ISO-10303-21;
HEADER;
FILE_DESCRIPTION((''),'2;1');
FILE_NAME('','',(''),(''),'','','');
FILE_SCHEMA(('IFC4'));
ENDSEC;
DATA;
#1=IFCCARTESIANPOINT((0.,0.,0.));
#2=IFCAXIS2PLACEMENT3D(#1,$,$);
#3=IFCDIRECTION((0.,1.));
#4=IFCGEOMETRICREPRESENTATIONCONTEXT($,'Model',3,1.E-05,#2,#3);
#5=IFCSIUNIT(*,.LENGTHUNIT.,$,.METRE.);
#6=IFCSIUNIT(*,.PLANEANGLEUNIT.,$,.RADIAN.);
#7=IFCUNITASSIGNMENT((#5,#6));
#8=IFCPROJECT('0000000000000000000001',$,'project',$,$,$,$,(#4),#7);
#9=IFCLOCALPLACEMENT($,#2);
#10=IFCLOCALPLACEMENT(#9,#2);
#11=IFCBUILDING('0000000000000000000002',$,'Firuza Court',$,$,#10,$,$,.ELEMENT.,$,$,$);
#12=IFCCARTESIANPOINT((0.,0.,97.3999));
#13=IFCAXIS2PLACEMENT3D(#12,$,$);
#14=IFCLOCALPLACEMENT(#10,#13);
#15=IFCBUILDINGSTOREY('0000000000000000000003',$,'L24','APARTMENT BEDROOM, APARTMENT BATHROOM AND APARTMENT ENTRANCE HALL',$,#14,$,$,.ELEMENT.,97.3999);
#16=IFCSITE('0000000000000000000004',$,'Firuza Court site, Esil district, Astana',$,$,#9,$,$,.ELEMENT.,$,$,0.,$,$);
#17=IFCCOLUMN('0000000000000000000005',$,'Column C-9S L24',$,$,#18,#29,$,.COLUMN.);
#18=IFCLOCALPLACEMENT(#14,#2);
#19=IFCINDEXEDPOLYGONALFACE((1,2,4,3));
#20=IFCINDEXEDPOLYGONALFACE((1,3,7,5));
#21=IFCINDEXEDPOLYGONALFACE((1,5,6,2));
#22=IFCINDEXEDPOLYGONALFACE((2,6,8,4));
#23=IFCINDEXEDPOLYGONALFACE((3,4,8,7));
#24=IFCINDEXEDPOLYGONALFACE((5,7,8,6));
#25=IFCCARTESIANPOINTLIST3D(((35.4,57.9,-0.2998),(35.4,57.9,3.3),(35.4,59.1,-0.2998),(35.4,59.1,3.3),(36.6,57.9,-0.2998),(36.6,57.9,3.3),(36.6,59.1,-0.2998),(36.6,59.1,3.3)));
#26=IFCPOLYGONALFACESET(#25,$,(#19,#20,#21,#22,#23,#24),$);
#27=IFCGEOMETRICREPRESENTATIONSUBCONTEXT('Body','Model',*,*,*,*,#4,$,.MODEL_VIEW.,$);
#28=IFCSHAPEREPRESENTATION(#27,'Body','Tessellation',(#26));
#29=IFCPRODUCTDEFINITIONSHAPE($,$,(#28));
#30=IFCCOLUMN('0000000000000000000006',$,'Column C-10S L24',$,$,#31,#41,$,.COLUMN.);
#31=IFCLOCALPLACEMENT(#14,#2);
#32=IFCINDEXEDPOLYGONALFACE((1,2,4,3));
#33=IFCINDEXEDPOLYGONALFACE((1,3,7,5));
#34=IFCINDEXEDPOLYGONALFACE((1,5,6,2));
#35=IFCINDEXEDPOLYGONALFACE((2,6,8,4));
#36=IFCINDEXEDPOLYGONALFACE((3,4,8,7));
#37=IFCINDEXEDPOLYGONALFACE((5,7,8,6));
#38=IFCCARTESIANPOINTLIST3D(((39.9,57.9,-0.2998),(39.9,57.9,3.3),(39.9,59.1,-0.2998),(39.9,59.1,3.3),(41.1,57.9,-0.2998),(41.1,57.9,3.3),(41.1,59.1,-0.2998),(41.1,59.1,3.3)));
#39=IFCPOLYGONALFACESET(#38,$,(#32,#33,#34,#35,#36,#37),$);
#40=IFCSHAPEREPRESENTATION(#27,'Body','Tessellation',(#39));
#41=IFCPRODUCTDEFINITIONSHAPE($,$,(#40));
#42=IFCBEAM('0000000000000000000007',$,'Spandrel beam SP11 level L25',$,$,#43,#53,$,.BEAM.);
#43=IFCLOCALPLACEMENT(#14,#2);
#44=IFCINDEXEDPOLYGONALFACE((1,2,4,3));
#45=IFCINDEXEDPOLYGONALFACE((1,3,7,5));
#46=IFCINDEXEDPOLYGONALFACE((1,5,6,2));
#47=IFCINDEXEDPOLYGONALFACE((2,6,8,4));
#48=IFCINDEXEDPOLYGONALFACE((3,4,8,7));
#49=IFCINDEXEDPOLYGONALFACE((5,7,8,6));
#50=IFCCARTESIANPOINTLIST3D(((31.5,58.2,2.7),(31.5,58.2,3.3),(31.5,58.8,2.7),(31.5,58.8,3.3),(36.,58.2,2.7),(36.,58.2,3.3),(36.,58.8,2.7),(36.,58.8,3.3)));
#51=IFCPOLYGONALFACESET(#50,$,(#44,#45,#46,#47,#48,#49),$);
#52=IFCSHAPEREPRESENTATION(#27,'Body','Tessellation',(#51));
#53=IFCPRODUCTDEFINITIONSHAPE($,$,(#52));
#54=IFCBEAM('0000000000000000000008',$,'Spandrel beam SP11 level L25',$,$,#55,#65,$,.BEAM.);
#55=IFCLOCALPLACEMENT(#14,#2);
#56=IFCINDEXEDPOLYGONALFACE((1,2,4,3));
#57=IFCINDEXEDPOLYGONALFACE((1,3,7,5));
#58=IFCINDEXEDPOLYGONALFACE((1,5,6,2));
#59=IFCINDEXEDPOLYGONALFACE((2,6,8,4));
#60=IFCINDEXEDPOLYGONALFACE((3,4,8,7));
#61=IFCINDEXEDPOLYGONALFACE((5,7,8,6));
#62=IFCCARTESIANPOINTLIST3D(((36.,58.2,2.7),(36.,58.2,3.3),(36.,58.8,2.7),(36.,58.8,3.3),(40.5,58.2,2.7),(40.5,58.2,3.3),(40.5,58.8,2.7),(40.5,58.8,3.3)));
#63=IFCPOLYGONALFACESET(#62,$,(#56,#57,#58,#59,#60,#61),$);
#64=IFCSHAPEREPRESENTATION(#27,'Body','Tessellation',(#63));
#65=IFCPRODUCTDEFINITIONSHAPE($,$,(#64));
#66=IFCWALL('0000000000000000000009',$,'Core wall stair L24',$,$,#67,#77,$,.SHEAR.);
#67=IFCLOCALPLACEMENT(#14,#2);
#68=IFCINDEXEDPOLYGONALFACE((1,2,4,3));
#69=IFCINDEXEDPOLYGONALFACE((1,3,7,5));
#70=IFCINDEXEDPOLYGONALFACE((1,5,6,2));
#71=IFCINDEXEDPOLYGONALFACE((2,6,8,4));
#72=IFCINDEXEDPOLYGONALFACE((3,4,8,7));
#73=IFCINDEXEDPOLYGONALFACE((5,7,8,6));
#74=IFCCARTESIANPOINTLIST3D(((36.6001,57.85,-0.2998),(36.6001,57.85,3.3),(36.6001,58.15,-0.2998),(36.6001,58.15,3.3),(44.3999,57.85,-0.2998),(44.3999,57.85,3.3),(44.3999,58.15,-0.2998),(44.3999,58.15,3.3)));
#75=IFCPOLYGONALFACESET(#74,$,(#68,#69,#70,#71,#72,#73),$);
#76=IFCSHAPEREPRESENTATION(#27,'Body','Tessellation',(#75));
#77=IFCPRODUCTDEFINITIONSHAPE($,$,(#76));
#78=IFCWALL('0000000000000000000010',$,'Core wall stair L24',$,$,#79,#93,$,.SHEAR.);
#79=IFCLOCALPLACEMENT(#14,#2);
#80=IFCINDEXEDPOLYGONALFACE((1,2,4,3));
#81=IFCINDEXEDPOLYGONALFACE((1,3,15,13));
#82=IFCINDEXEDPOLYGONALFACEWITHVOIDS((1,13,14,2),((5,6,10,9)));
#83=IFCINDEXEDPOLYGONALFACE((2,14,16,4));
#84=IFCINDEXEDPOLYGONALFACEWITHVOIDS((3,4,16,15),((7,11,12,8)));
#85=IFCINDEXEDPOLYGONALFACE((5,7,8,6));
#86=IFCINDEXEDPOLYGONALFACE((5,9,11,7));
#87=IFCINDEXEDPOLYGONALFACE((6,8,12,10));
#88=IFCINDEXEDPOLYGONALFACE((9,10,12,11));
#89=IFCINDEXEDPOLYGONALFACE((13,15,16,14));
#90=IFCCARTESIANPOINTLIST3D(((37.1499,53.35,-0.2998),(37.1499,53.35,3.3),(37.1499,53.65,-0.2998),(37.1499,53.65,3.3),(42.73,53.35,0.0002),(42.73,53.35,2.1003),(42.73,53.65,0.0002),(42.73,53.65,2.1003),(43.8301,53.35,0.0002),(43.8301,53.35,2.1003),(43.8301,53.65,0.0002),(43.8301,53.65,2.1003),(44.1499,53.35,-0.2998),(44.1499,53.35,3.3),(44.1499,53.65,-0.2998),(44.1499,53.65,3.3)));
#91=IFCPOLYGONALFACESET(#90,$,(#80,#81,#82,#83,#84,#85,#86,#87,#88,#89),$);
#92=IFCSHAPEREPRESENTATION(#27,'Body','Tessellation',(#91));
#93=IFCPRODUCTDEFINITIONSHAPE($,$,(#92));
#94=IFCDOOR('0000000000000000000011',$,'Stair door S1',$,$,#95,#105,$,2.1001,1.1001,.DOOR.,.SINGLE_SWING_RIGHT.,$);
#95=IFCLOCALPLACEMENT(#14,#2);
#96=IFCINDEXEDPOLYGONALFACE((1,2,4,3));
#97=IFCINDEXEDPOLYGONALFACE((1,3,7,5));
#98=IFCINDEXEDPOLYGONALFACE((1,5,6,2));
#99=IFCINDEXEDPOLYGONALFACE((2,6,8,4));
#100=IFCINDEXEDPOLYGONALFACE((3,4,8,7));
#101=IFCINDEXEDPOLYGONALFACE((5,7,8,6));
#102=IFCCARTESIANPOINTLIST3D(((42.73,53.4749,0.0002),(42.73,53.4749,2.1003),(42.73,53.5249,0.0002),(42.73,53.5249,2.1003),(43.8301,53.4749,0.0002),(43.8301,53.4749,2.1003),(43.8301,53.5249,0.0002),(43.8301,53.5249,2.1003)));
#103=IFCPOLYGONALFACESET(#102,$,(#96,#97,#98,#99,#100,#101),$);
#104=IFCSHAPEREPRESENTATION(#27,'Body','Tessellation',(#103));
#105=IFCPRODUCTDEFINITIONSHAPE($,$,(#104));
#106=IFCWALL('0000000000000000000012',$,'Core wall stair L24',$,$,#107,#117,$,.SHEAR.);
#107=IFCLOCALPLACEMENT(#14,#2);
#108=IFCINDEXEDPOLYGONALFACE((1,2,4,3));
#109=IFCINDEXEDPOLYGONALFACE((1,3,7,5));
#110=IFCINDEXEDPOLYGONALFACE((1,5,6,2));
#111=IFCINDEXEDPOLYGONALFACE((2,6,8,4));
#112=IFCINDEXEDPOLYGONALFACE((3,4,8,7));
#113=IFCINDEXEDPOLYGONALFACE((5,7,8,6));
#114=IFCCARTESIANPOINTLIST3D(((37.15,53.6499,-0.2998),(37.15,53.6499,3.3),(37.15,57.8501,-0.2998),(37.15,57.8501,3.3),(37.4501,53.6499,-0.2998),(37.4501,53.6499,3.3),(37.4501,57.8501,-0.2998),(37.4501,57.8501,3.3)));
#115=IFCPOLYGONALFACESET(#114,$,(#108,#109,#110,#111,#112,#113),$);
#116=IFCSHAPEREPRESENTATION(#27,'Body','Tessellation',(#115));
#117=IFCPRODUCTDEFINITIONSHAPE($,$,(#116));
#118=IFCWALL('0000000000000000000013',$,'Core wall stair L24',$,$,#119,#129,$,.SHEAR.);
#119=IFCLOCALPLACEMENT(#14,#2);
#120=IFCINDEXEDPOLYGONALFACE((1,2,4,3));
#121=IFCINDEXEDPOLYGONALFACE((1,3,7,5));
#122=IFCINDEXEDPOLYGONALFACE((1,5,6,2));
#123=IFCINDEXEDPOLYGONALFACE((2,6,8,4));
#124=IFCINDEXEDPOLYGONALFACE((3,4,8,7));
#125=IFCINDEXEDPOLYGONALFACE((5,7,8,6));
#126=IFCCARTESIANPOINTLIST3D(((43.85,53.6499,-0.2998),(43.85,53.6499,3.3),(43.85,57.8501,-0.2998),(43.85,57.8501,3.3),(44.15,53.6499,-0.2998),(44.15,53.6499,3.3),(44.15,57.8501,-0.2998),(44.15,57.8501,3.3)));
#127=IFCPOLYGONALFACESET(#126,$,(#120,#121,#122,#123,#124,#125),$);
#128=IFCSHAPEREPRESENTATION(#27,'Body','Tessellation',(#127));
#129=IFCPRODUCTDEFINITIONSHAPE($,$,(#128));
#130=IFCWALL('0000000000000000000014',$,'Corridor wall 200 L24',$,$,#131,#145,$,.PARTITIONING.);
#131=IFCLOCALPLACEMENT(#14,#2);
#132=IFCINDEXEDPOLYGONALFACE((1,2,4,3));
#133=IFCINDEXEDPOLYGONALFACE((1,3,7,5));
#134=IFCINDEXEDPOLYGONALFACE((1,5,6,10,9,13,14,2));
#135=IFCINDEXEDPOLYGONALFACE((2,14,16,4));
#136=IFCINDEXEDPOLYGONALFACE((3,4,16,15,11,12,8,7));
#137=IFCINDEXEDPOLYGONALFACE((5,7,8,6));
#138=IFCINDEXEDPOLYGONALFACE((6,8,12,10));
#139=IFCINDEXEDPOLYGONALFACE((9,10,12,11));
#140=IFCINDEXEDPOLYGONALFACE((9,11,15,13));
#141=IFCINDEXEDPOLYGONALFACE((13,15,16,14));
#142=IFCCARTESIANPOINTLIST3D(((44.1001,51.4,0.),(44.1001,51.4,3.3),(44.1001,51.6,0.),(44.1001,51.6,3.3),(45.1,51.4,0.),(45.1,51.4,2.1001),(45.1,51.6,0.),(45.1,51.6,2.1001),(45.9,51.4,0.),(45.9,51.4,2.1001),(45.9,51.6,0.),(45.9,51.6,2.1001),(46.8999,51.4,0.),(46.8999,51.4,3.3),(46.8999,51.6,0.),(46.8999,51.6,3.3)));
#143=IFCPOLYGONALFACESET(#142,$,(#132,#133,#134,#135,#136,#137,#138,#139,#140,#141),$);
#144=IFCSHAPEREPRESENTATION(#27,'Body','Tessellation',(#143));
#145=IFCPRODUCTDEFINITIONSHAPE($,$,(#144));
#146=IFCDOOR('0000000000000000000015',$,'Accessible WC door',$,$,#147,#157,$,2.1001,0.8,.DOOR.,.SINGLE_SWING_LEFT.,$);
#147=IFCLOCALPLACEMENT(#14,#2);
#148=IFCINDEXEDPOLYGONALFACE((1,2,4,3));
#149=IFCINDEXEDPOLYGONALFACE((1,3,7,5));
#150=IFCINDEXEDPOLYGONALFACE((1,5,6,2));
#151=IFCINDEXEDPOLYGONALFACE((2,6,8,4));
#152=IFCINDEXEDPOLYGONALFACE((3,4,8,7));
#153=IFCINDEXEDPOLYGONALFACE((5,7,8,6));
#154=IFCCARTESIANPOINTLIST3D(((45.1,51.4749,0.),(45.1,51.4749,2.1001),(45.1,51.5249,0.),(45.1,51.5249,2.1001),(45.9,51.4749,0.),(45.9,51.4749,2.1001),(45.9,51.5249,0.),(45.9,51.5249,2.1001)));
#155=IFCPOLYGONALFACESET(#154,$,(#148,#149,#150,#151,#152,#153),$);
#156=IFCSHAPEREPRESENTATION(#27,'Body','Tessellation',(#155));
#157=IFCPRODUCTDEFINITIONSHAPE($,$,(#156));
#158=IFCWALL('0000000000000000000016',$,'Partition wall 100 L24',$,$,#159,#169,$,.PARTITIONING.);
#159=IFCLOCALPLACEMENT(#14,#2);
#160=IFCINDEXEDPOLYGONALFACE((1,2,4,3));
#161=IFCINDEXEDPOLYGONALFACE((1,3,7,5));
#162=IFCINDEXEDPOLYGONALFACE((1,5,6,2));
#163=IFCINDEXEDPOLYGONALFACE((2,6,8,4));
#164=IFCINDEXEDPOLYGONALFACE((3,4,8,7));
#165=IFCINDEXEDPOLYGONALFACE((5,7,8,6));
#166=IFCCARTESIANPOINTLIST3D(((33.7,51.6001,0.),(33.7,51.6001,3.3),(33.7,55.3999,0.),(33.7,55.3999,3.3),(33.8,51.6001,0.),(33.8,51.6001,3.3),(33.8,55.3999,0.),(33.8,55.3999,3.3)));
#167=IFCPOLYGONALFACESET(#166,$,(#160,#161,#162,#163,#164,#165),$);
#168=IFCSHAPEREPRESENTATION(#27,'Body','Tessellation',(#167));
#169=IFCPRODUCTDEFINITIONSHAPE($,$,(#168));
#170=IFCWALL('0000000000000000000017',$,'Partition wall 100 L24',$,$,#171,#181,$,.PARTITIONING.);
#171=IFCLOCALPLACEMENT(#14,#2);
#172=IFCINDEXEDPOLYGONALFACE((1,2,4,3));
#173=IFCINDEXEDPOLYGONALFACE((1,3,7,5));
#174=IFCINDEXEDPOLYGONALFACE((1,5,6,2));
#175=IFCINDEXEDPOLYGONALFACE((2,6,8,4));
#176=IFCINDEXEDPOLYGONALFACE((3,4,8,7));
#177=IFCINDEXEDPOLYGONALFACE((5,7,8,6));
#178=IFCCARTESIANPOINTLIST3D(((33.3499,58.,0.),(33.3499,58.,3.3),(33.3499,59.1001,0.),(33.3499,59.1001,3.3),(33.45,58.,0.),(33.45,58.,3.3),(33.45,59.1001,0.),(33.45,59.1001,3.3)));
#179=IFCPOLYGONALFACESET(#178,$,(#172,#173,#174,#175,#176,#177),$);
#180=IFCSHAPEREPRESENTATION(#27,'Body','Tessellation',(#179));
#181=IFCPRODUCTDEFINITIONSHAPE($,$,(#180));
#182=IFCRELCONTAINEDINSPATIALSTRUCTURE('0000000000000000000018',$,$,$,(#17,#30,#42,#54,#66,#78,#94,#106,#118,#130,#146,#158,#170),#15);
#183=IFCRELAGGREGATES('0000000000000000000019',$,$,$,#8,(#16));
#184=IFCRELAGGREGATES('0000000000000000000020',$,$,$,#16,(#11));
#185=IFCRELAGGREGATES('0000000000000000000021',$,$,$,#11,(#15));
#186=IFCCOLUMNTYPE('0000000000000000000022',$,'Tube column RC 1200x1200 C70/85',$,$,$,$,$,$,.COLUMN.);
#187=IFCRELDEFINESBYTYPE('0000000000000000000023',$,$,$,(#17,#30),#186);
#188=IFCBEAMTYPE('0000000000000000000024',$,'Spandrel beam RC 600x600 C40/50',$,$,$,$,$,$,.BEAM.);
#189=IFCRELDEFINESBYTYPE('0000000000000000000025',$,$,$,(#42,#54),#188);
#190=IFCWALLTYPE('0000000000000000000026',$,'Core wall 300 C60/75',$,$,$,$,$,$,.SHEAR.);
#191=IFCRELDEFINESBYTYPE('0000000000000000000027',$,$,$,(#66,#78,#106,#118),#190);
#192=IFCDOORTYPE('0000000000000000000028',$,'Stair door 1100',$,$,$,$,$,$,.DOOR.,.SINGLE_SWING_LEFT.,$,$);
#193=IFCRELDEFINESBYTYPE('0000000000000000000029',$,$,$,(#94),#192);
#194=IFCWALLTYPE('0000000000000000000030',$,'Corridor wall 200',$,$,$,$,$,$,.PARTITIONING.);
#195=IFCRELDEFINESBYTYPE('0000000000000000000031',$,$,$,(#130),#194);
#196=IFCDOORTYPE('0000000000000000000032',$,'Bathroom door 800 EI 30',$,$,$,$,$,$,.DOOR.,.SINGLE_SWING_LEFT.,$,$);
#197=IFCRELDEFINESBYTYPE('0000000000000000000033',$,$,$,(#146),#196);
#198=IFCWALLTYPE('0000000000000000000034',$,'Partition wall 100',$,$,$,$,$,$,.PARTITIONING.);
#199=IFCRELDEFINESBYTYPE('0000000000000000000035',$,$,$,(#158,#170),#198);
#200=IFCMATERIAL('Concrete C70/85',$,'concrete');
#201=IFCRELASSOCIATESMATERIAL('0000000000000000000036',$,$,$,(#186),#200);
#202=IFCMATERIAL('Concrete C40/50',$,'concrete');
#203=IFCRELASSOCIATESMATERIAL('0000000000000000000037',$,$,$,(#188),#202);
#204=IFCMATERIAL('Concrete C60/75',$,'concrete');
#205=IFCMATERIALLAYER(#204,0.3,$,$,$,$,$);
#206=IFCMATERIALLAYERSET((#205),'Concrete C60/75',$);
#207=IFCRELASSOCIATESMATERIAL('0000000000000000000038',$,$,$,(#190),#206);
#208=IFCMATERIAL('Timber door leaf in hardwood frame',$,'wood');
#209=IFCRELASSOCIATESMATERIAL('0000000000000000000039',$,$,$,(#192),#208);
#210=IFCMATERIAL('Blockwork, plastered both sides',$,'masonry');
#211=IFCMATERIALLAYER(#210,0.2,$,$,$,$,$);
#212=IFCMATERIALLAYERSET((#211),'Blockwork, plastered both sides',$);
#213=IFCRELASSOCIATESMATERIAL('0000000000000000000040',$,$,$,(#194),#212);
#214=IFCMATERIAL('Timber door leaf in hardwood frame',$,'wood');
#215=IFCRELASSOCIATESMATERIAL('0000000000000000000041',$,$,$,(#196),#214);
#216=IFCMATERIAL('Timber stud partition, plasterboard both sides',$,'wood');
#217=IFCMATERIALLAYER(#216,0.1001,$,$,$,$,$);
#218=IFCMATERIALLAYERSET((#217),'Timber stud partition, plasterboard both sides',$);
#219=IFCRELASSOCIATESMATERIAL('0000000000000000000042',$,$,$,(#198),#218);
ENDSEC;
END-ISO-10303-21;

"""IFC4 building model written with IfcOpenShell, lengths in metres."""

from ifc_helpers import new_model, si_unit, direction, frame, frame_2d, origin, origin_2d, place, context, subcontext, project, spatial, rectangle, extrude, material, layer, layer_set, material_profile, profile_set, type_object, element, fill, save


model = new_model("IFC4")

# Units and contexts
model_context = context("Model", 3, precision=1e-05, world=origin(), true_north=direction((0.0, 1.0)))
body_context = subcontext(model_context, "Body", "Model", "MODEL_VIEW")
ifc_project = project(units=[si_unit("LENGTHUNIT", "METRE"), si_unit("PLANEANGLEUNIT", "RADIAN")], contexts=[model_context])

# Site, building, storey
site_placement = place(None, origin())
site = spatial("IfcSite", under=ifc_project, at=site_placement, Name="Firuza Court site, Esil district, Astana", CompositionType="ELEMENT", RefElevation=0.0)
building_placement = place(site_placement, origin())
building = spatial("IfcBuilding", under=site, at=building_placement, Name="Firuza Court", CompositionType="ELEMENT")
storey_placement = place(building_placement, frame((0.0, 0.0, 97.3999)))
storey = spatial("IfcBuildingStorey", under=building, at=storey_placement, Name="L24", Description="APARTMENT BEDROOM, APARTMENT BATHROOM AND APARTMENT ENTRANCE HALL", CompositionType="ELEMENT", Elevation=97.3999)

# Columns
ifc_material_1 = material(Name="Concrete C70/85", Category="concrete")
ifc_material_profile_1 = material_profile(ifc_material_1, rectangle(XDim=1.2, YDim=1.2, at=origin_2d()), Name="RC 1200x1200")
ifc_profile_set_1 = profile_set([ifc_material_profile_1], Name="Concrete C70/85")
column_type = type_object("IfcColumnType", Name="Tube column RC 1200x1200 C70/85", PredefinedType="COLUMN", material=ifc_profile_set_1)
for number, where, z_axis, x_axis, name in (
    (1, (36.0, 58.5, -0.2998), (0.0, 0.0, 1.0), (1.0, 0.0, 0.0), "Column C-9S L24"),
    (2, (40.5, 58.5, -0.2998), (0.0, 0.0, 1.0), (1.0, 0.0, 0.0), "Column C-10S L24"),
):
    element("IfcColumn", number, at=place(storey_placement, frame(where, z_axis=z_axis, x_axis=x_axis)), inside=storey, type_object=column_type, Name=name, PredefinedType="COLUMN", context=body_context, shape_type="SweptSolid", body=[
        extrude(rectangle(XDim=1.2, YDim=1.2, at=origin_2d()), origin(), (0.0, 0.0, 1.0), 3.5999),
    ])

# Beams
ifc_material_2 = material(Name="Concrete C40/50", Category="concrete")
ifc_material_profile_2 = material_profile(ifc_material_2, rectangle(XDim=0.6001, YDim=0.6001, at=origin_2d()), Name="RC 600x600")
ifc_profile_set_2 = profile_set([ifc_material_profile_2], Name="Concrete C40/50")
beam_type = type_object("IfcBeamType", Name="Spandrel beam RC 600x600 C40/50", PredefinedType="BEAM", material=ifc_profile_set_2)
for number, where, z_axis, x_axis, name in (
    (3, (36.0, 58.5, 3.0), (-1.0, 0.0, 0.0), (0.0, -1.0, 0.0), "Spandrel beam SP11 level L25"),
    (4, (40.5, 58.5, 3.0), (-1.0, 0.0, 0.0), (0.0, -1.0, 0.0), "Spandrel beam SP11 level L25"),
):
    element("IfcBeam", number, at=place(storey_placement, frame(where, z_axis=z_axis, x_axis=x_axis)), inside=storey, type_object=beam_type, Name=name, PredefinedType="BEAM", context=body_context, shape_type="SweptSolid", body=[
        extrude(rectangle(XDim=0.6001, YDim=0.6001, at=origin_2d()), origin(), (0.0, 0.0, 1.0), 4.5),
    ])

# Wall
ifc_material_3 = material(Name="Concrete C60/75", Category="concrete")
ifc_layer_1 = layer(ifc_material_3, 0.3)
ifc_layer_set_1 = layer_set([ifc_layer_1], Name="Concrete C60/75")
wall_type_1 = type_object("IfcWallType", Name="Core wall 300 C60/75", PredefinedType="SHEAR", material=ifc_layer_set_1)
wall_1_placement = place(storey_placement, frame((36.6001, 58.0, -0.2998), z_axis=(0.0, 0.0, 1.0), x_axis=(1.0, 0.0, 0.0)))
element("IfcWall", 5, at=wall_1_placement, inside=storey, type_object=wall_type_1, Name="Core wall stair L24", PredefinedType="SHEAR", context=body_context, shape_type="SweptSolid", body=[
    extrude(rectangle(XDim=7.7998, YDim=0.3, at=frame_2d((3.8999, 0.0))), origin(), (0.0, 0.0, 1.0), 3.5999),
])

# Wall, opening, door
wall_2_placement = place(storey_placement, frame((37.1499, 53.5, -0.2998), z_axis=(0.0, 0.0, 1.0), x_axis=(1.0, 0.0, 0.0)))
wall_2 = element("IfcWall", 6, at=wall_2_placement, inside=storey, type_object=wall_type_1, Name="Core wall stair L24", PredefinedType="SHEAR", context=body_context, shape_type="SweptSolid", body=[
    extrude(rectangle(XDim=7.0, YDim=0.3, at=frame_2d((3.5, 0.0))), origin(), (0.0, 0.0, 1.0), 3.5999),
])
opening_1_placement = place(wall_2_placement, frame((5.5801, 0.0, 0.3)))
opening_1 = element("IfcOpeningElement", 7, at=opening_1_placement, cuts=wall_2, PredefinedType="OPENING", context=body_context, shape_type="SweptSolid", body=[
    extrude(rectangle(XDim=1.1001, YDim=2.1001, at=frame_2d((0.55, 1.05))), frame((0.0, 0.1621, 0.0), z_axis=(0.0, -1.0, 0.0), x_axis=(1.0, 0.0, 0.0)), (0.0, 0.0, 1.0), 0.324),
])
ifc_material_4 = material(Name="Timber door leaf in hardwood frame", Category="wood")
door_type_1 = type_object("IfcDoorType", Name="Stair door 1100", OperationType="SINGLE_SWING_LEFT", PredefinedType="DOOR", material=ifc_material_4)
door_1_placement = place(opening_1_placement, origin())
door_1 = element("IfcDoor", 8, at=door_1_placement, inside=storey, type_object=door_type_1, Name="Stair door S1", OperationType="SINGLE_SWING_RIGHT", OverallHeight=2.1001, OverallWidth=1.1001, PredefinedType="DOOR", context=body_context, shape_type="SweptSolid", body=[
    extrude(rectangle(XDim=1.1001, YDim=2.1001, at=frame_2d((0.55, 1.05))), frame((0.0, 0.0249, 0.0), z_axis=(0.0, -1.0, 0.0), x_axis=(1.0, 0.0, 0.0)), (0.0, 0.0, 1.0), 0.05),
])
fill(opening_1, door_1)

# Walls
for number, where, z_axis, x_axis, name in (
    (9, (37.3, 53.6499, -0.2998), (0.0, 0.0, 1.0), (0.0, 1.0, 0.0), "Core wall stair L24"),
    (10, (44.0, 53.6499, -0.2998), (0.0, 0.0, 1.0), (0.0, 1.0, 0.0), "Core wall stair L24"),
):
    element("IfcWall", number, at=place(storey_placement, frame(where, z_axis=z_axis, x_axis=x_axis)), inside=storey, type_object=wall_type_1, Name=name, PredefinedType="SHEAR", context=body_context, shape_type="SweptSolid", body=[
        extrude(rectangle(XDim=4.2002, YDim=0.3, at=frame_2d((2.1001, 0.0))), origin(), (0.0, 0.0, 1.0), 3.5999),
    ])

# Wall, opening, door
ifc_material_5 = material(Name="Blockwork, plastered both sides", Category="masonry")
ifc_layer_2 = layer(ifc_material_5, 0.2)
ifc_layer_set_2 = layer_set([ifc_layer_2], Name="Blockwork, plastered both sides")
wall_type_2 = type_object("IfcWallType", Name="Corridor wall 200", PredefinedType="PARTITIONING", material=ifc_layer_set_2)
wall_3_placement = place(storey_placement, frame((44.1001, 51.5, 0.0), z_axis=(0.0, 0.0, 1.0), x_axis=(1.0, 0.0, 0.0)))
wall_3 = element("IfcWall", 11, at=wall_3_placement, inside=storey, type_object=wall_type_2, Name="Corridor wall 200 L24", PredefinedType="PARTITIONING", context=body_context, shape_type="SweptSolid", body=[
    extrude(rectangle(XDim=2.7998, YDim=0.2, at=frame_2d((1.3999, 0.0))), origin(), (0.0, 0.0, 1.0), 3.3),
])
opening_2_placement = place(wall_3_placement, frame((1.0, 0.0, 0.0)))
opening_2 = element("IfcOpeningElement", 12, at=opening_2_placement, cuts=wall_3, PredefinedType="OPENING", context=body_context, shape_type="SweptSolid", body=[
    extrude(rectangle(XDim=0.8, YDim=2.1001, at=frame_2d((0.3999, 1.05))), frame((0.0, 0.1118, 0.0), z_axis=(0.0, -1.0, 0.0), x_axis=(1.0, 0.0, 0.0)), (0.0, 0.0, 1.0), 0.2239),
])
ifc_material_6 = material(Name="Timber door leaf in hardwood frame", Category="wood")
door_type_2 = type_object("IfcDoorType", Name="Bathroom door 800 EI 30", OperationType="SINGLE_SWING_LEFT", PredefinedType="DOOR", material=ifc_material_6)
door_2_placement = place(opening_2_placement, origin())
door_2 = element("IfcDoor", 13, at=door_2_placement, inside=storey, type_object=door_type_2, Name="Accessible WC door", OperationType="SINGLE_SWING_LEFT", OverallHeight=2.1001, OverallWidth=0.8, PredefinedType="DOOR", context=body_context, shape_type="SweptSolid", body=[
    extrude(rectangle(XDim=0.8, YDim=2.1001, at=frame_2d((0.3999, 1.05))), frame((0.0, 0.0249, 0.0), z_axis=(0.0, -1.0, 0.0), x_axis=(1.0, 0.0, 0.0)), (0.0, 0.0, 1.0), 0.05),
])
fill(opening_2, door_2)

# Walls
ifc_material_7 = material(Name="Timber stud partition, plasterboard both sides", Category="wood")
ifc_layer_3 = layer(ifc_material_7, 0.1001)
ifc_layer_set_3 = layer_set([ifc_layer_3], Name="Timber stud partition, plasterboard both sides")
wall_type_3 = type_object("IfcWallType", Name="Partition wall 100", PredefinedType="PARTITIONING", material=ifc_layer_set_3)
wall_4_placement = place(storey_placement, frame((33.75, 51.6001, 0.0), z_axis=(0.0, 0.0, 1.0), x_axis=(0.0, 1.0, 0.0)))
element("IfcWall", 14, at=wall_4_placement, inside=storey, type_object=wall_type_3, Name="Partition wall 100 L24", PredefinedType="PARTITIONING", context=body_context, shape_type="SweptSolid", body=[
    extrude(rectangle(XDim=3.7998, YDim=0.1001, at=frame_2d((1.8999, 0.0))), origin(), (0.0, 0.0, 1.0), 3.3),
])
wall_5_placement = place(storey_placement, frame((33.3999, 58.0, 0.0), z_axis=(0.0, 0.0, 1.0), x_axis=(0.0, 1.0, 0.0)))
element("IfcWall", 15, at=wall_5_placement, inside=storey, type_object=wall_type_3, Name="Partition wall 100 L24", PredefinedType="PARTITIONING", context=body_context, shape_type="SweptSolid", body=[
    extrude(rectangle(XDim=1.1001, YDim=0.1001, at=frame_2d((0.55, 0.0))), origin(), (0.0, 0.0, 1.0), 3.3),
])

save(model, "model.ifc")
